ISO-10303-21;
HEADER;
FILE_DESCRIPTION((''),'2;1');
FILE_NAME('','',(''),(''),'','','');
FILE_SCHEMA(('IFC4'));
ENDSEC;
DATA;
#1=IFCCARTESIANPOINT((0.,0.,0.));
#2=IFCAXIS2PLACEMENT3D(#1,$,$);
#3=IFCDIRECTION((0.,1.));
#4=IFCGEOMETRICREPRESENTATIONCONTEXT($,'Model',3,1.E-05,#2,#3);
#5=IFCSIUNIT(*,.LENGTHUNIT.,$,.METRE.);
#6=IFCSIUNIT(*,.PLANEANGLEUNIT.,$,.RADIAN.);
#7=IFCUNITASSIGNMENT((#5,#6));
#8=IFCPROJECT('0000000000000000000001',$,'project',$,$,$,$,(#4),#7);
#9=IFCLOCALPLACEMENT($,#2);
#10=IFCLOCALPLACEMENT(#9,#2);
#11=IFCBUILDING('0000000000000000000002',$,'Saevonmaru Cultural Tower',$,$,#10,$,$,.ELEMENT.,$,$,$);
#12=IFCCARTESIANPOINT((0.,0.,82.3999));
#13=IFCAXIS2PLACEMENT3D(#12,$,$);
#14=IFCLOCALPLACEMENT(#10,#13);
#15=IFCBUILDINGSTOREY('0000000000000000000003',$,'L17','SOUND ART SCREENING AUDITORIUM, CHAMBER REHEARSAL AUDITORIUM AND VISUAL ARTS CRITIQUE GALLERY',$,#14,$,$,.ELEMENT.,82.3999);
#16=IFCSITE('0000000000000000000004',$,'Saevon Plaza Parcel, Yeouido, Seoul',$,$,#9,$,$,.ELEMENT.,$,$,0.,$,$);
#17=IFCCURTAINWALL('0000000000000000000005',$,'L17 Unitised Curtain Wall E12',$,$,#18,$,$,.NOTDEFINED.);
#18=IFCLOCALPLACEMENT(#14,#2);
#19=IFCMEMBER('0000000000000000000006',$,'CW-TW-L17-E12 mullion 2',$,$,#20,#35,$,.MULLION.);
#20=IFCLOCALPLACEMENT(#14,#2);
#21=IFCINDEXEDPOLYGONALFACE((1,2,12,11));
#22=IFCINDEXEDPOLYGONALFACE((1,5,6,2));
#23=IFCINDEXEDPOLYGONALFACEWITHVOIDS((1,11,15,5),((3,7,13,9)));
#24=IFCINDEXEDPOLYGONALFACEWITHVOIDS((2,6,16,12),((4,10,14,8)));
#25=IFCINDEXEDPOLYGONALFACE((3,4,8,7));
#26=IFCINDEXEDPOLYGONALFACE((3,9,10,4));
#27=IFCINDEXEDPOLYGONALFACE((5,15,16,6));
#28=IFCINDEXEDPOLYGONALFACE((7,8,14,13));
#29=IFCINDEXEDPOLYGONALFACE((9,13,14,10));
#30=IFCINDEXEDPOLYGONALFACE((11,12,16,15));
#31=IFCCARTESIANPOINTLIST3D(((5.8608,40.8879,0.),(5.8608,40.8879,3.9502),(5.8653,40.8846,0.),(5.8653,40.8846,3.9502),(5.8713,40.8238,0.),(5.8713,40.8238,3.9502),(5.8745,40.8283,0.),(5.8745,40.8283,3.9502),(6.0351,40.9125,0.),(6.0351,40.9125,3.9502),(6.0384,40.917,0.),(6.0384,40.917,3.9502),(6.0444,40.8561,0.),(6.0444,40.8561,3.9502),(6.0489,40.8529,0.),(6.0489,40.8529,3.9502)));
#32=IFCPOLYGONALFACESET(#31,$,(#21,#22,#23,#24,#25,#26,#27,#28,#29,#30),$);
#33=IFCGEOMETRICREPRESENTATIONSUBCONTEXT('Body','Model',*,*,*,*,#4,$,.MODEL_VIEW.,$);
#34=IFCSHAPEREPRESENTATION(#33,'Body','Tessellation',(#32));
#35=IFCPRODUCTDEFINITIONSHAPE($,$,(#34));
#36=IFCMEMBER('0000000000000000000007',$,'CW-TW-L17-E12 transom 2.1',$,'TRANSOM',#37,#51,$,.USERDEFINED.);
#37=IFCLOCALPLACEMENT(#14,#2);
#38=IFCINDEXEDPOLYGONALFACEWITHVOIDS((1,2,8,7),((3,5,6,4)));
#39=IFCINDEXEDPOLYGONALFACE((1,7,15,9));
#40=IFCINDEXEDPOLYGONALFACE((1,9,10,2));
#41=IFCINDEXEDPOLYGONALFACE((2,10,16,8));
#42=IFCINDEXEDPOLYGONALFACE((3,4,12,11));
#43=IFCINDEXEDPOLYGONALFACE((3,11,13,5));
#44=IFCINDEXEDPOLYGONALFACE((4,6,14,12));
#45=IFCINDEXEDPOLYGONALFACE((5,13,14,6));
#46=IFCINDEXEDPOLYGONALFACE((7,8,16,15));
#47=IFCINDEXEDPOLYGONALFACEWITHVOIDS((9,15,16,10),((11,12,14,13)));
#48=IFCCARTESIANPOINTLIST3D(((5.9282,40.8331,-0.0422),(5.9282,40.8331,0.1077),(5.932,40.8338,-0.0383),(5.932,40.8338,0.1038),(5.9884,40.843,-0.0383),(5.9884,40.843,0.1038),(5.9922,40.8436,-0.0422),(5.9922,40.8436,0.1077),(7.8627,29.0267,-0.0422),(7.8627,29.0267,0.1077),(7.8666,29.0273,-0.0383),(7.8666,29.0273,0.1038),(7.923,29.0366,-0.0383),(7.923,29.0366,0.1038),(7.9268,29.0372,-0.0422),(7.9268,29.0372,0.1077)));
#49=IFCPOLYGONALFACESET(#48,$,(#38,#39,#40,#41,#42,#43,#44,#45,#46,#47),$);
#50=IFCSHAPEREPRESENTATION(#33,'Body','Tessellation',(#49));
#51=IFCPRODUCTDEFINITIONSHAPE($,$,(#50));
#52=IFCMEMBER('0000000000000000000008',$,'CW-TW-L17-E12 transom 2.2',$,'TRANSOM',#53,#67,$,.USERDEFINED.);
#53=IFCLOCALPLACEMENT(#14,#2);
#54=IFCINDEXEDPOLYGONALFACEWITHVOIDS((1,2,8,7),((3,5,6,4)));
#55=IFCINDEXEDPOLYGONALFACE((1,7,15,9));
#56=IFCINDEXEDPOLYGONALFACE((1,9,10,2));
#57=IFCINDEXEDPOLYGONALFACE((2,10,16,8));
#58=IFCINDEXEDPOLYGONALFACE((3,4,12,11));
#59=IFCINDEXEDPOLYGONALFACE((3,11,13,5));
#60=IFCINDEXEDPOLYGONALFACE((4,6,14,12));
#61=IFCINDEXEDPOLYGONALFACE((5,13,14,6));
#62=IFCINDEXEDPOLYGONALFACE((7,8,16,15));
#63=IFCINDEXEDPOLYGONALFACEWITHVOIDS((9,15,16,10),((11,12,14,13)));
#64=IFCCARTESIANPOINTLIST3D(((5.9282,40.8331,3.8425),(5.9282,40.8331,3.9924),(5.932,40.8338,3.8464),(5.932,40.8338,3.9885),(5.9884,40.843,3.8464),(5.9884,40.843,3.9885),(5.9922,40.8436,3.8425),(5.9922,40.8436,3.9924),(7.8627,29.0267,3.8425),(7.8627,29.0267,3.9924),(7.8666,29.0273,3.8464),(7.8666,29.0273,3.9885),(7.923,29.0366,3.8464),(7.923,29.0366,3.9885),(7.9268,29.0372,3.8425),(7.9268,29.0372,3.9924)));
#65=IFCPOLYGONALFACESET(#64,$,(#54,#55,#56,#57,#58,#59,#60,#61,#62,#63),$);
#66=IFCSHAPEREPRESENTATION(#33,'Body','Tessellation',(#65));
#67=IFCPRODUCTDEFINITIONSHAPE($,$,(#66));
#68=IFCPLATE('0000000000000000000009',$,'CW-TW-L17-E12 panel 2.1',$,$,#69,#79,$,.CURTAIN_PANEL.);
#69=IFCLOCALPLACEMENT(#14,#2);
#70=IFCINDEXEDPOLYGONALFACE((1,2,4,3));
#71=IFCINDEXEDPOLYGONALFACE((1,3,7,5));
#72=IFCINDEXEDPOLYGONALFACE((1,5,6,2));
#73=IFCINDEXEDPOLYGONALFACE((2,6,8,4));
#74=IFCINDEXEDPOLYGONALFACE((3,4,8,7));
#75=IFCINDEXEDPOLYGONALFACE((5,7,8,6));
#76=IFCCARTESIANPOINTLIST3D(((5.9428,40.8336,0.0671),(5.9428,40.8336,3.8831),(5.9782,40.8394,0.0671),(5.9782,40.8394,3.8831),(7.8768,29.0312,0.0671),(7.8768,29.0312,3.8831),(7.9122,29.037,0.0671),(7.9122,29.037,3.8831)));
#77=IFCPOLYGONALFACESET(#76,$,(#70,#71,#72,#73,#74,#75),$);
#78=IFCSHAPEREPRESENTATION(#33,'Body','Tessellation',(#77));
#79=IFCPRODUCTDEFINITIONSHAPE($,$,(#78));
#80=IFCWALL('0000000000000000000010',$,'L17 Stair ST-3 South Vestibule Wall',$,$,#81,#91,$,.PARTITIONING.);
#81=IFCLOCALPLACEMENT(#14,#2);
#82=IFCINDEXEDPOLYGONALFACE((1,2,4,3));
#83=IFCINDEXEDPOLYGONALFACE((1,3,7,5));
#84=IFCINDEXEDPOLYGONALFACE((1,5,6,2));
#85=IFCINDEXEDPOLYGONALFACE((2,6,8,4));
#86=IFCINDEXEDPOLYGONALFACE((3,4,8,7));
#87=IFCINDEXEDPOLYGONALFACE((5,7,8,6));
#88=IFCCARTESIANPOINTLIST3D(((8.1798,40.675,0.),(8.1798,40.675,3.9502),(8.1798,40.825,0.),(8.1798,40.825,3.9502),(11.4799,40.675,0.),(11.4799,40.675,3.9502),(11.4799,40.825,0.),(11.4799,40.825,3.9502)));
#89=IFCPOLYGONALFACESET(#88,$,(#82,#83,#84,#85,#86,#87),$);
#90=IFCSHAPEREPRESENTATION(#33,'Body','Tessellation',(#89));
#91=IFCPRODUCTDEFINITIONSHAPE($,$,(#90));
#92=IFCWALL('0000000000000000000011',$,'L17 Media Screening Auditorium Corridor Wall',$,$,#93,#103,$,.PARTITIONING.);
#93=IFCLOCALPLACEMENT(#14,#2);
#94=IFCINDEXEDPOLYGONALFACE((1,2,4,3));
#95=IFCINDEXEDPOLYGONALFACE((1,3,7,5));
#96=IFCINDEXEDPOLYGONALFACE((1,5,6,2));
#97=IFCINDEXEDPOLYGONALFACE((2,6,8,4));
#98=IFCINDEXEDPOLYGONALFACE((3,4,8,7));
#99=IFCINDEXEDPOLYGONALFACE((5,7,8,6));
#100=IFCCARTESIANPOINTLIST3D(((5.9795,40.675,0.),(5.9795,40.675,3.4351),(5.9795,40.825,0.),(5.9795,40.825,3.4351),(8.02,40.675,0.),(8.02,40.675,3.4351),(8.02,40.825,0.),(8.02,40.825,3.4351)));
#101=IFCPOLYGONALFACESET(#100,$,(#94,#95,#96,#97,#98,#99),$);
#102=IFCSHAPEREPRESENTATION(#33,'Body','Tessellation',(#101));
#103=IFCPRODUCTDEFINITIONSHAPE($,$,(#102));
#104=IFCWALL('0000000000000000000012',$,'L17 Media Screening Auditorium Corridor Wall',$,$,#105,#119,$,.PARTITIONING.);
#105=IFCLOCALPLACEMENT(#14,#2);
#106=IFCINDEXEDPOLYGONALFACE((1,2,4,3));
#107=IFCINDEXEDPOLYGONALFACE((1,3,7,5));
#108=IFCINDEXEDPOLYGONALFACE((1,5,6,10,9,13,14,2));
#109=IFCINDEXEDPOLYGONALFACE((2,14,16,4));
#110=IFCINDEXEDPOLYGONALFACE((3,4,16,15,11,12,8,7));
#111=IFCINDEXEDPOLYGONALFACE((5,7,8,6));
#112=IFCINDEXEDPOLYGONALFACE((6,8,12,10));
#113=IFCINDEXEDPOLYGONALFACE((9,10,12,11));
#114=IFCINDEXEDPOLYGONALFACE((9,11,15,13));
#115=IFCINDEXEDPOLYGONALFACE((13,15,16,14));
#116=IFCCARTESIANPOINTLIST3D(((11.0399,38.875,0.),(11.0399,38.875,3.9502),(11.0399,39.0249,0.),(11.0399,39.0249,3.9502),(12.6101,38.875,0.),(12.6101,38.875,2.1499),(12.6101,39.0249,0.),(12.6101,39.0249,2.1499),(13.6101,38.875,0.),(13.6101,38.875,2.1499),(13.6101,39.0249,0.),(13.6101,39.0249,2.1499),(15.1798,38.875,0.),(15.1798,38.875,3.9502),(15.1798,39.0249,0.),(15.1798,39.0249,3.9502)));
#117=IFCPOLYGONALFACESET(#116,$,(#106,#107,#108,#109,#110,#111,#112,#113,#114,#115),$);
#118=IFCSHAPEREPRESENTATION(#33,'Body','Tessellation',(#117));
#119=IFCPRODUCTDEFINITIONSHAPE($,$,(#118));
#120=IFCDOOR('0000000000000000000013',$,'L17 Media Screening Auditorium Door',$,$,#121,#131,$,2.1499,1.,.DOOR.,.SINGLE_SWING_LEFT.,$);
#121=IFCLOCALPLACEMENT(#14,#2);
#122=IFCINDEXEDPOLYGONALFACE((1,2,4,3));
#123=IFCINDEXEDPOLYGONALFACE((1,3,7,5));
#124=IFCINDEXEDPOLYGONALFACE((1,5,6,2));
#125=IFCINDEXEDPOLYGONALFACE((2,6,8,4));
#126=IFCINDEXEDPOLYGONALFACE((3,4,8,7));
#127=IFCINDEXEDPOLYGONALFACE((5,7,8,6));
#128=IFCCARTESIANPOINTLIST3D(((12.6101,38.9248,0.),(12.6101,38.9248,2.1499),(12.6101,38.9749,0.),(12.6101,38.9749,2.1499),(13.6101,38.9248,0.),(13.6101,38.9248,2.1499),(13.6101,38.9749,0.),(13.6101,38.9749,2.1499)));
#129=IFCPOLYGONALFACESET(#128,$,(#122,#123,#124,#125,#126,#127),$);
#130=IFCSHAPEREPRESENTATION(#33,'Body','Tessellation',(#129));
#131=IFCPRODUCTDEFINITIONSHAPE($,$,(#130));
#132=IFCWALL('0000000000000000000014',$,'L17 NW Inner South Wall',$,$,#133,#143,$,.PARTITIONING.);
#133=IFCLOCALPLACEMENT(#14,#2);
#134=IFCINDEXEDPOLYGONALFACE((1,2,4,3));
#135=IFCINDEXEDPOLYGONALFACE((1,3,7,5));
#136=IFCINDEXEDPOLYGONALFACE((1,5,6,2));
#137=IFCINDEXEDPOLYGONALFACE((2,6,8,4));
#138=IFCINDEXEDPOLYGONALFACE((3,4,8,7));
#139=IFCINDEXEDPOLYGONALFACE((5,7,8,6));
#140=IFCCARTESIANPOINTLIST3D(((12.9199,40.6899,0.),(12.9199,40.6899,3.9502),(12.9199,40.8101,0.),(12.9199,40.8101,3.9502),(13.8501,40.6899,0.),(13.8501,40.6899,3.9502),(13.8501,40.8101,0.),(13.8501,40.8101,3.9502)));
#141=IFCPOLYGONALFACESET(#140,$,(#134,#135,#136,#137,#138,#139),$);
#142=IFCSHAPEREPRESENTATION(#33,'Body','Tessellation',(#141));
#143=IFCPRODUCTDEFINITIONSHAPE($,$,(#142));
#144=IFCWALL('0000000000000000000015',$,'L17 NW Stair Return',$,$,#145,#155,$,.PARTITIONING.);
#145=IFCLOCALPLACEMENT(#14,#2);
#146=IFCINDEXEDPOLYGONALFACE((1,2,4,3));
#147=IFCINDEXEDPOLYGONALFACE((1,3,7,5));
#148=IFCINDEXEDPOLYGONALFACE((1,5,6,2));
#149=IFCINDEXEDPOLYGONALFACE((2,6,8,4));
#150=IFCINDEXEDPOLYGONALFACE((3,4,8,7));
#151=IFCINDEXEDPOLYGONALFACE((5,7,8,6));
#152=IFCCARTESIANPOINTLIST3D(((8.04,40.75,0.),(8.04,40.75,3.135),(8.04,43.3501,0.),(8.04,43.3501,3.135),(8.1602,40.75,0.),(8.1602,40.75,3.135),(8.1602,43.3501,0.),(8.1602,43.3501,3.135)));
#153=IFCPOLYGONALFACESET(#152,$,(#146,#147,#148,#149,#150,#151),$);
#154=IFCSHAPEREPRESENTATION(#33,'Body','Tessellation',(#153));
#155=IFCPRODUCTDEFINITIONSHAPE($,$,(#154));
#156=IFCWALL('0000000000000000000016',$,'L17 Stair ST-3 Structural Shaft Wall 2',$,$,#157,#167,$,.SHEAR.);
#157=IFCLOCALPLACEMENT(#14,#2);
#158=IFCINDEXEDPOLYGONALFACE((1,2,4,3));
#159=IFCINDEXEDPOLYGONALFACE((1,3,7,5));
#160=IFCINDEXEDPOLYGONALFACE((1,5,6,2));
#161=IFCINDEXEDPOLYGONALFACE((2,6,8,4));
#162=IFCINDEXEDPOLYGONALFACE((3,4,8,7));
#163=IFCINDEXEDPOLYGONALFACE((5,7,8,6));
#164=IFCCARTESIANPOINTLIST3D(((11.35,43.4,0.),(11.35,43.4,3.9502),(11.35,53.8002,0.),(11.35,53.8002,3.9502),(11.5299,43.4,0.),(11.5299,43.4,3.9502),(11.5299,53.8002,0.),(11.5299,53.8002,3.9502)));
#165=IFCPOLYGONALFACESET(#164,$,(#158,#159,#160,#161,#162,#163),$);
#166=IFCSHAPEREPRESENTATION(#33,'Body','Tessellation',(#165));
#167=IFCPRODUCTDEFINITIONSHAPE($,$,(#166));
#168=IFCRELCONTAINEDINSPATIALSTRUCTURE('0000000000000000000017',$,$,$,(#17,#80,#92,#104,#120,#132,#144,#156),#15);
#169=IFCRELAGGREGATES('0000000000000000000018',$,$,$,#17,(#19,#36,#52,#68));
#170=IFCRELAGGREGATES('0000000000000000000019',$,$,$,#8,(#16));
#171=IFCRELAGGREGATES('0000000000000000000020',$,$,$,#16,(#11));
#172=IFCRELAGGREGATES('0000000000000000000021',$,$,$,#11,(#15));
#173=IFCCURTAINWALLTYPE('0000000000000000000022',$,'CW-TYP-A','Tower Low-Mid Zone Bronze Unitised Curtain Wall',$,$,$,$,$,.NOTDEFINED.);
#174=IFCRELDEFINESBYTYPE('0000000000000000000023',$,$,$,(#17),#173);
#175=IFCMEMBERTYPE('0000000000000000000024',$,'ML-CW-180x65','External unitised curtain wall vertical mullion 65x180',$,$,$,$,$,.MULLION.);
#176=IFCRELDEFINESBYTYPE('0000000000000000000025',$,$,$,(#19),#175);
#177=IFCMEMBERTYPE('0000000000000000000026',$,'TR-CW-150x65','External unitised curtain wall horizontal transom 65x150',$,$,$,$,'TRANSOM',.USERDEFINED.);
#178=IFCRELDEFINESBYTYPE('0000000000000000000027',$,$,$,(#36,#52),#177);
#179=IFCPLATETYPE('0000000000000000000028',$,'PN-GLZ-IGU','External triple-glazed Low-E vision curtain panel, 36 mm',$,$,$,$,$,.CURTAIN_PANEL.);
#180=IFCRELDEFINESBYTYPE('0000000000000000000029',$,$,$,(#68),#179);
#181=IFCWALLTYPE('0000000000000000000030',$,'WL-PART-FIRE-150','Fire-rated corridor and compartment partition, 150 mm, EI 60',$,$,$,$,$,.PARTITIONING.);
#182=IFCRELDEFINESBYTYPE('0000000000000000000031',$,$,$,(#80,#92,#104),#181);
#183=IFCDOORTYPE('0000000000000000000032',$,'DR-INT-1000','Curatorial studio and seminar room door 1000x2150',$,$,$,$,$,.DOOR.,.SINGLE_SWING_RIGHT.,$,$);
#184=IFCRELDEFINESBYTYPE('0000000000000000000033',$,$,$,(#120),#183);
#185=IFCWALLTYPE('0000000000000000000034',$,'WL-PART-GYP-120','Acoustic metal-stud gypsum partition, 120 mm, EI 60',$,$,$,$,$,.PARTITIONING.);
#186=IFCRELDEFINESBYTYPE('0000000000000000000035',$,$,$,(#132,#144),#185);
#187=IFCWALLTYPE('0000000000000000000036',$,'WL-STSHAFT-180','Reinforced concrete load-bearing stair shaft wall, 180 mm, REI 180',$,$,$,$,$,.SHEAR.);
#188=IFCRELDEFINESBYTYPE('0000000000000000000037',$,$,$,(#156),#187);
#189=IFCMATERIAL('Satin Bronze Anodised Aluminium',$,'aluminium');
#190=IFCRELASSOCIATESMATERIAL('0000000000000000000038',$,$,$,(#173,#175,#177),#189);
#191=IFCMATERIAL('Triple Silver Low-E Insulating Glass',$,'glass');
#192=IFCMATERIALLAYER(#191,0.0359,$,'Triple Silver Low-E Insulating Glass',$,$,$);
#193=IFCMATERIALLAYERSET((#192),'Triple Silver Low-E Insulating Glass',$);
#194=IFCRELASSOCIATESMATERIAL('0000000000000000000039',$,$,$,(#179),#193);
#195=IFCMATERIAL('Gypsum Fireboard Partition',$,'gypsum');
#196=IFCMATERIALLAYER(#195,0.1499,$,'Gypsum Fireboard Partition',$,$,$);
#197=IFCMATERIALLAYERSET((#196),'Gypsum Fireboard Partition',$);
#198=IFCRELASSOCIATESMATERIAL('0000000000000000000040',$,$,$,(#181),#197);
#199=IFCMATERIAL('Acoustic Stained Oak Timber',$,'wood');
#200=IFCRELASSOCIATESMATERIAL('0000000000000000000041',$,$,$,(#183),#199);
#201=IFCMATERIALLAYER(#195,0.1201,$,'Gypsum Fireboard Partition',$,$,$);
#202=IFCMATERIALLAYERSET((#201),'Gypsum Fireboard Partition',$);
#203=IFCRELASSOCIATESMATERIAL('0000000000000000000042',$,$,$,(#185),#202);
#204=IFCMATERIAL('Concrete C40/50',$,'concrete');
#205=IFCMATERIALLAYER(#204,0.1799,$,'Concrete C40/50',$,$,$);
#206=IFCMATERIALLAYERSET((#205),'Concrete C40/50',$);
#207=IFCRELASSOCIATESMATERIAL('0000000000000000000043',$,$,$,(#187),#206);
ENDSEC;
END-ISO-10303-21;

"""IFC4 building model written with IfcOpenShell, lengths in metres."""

from ifc_helpers import new_model, si_unit, direction, frame, frame_2d, origin, origin_2d, place, context, subcontext, project, spatial, rectangle, hollow_rectangle, extrude, material, layer, layer_set, material_profile, profile_set, type_object, element, fill, aggregate, save


model = new_model("IFC4")

# Units and contexts
model_context = context("Model", 3, precision=1e-05, world=origin(), true_north=direction((0.0, 1.0)))
body_context = subcontext(model_context, "Body", "Model", "MODEL_VIEW")
ifc_project = project(units=[si_unit("LENGTHUNIT", "METRE"), si_unit("PLANEANGLEUNIT", "RADIAN")], contexts=[model_context])

# Site, building, storey
site_placement = place(None, origin())
site = spatial("IfcSite", under=ifc_project, at=site_placement, Name="Saevon Plaza Parcel, Yeouido, Seoul", CompositionType="ELEMENT", RefElevation=0.0)
building_placement = place(site_placement, origin())
building = spatial("IfcBuilding", under=site, at=building_placement, Name="Saevonmaru Cultural Tower", CompositionType="ELEMENT")
storey_placement = place(building_placement, frame((0.0, 0.0, 82.3999)))
storey = spatial("IfcBuildingStorey", under=building, at=storey_placement, Name="L17", Description="SOUND ART SCREENING AUDITORIUM, CHAMBER REHEARSAL AUDITORIUM AND VISUAL ARTS CRITIQUE GALLERY", CompositionType="ELEMENT", Elevation=82.3999)

# Curtain wall, members, plate
ifc_material_1 = material(Name="Satin Bronze Anodised Aluminium", Category="aluminium")
curtain_wall_type = type_object("IfcCurtainWallType", Name="CW-TYP-A", Description="Tower Low-Mid Zone Bronze Unitised Curtain Wall", PredefinedType="NOTDEFINED", material=ifc_material_1)
curtain_wall_placement = place(storey_placement, origin())
curtain_wall = element("IfcCurtainWall", 1, at=curtain_wall_placement, inside=storey, type_object=curtain_wall_type, Name="L17 Unitised Curtain Wall E12", PredefinedType="NOTDEFINED")
ifc_material_profile_1 = material_profile(ifc_material_1, hollow_rectangle(XDim=0.0649, YDim=0.1799, WallThickness=0.0039, at=origin_2d()), Name="ALU-MULL-180x65x4")
ifc_profile_set_1 = profile_set([ifc_material_profile_1], Name="Satin Bronze Anodised Aluminium")
member_type_1 = type_object("IfcMemberType", Name="ML-CW-180x65", Description="External unitised curtain wall vertical mullion 65x180", PredefinedType="MULLION", material=ifc_profile_set_1)
member_1_placement = place(storey_placement, frame((5.9548, 40.8704, 0.0), z_axis=(0.0, 0.0, 1.0), x_axis=(0.161709, -0.986839, 0.0)))
member_1 = element("IfcMember", 2, at=member_1_placement, type_object=member_type_1, Name="CW-TW-L17-E12 mullion 2", PredefinedType="MULLION", context=body_context, shape_type="SweptSolid", body=[
    extrude(hollow_rectangle(XDim=0.0649, YDim=0.1799, WallThickness=0.0039, at=origin_2d()), origin(), (0.0, 0.0, 1.0), 3.9502),
])
ifc_material_profile_2 = material_profile(ifc_material_1, hollow_rectangle(XDim=0.0649, YDim=0.1499, WallThickness=0.0039, at=origin_2d()), Name="ALU-TRAN-150x65x4")
ifc_profile_set_2 = profile_set([ifc_material_profile_2], Name="Satin Bronze Anodised Aluminium")
member_type_2 = type_object("IfcMemberType", Name="TR-CW-150x65", Description="External unitised curtain wall horizontal transom 65x150", ElementType="TRANSOM", PredefinedType="USERDEFINED", material=ifc_profile_set_2)
member_2_placement = place(storey_placement, frame((5.9602, 40.8384, 0.0327), z_axis=(0.161701, -0.98684, 0.0), x_axis=(0.98684, 0.161701, 0.0)))
member_2 = element("IfcMember", 3, at=member_2_placement, type_object=member_type_2, Name="CW-TW-L17-E12 transom 2.1", ObjectType="TRANSOM", PredefinedType="USERDEFINED", context=body_context, shape_type="SweptSolid", body=[
    extrude(hollow_rectangle(XDim=0.0649, YDim=0.1499, WallThickness=0.0039, at=origin_2d()), origin(), (0.0, 0.0, 1.0), 11.9639),
])
member_3_placement = place(storey_placement, frame((5.9602, 40.8384, 3.9175), z_axis=(0.161701, -0.98684, 0.0), x_axis=(0.98684, 0.161701, 0.0)))
member_3 = element("IfcMember", 4, at=member_3_placement, type_object=member_type_2, Name="CW-TW-L17-E12 transom 2.2", ObjectType="TRANSOM", PredefinedType="USERDEFINED", context=body_context, shape_type="SweptSolid", body=[
    extrude(hollow_rectangle(XDim=0.0649, YDim=0.1499, WallThickness=0.0039, at=origin_2d()), origin(), (0.0, 0.0, 1.0), 11.9639),
])
ifc_material_2 = material(Name="Triple Silver Low-E Insulating Glass", Category="glass")
ifc_layer_1 = layer(ifc_material_2, 0.0359, Name="Triple Silver Low-E Insulating Glass")
ifc_layer_set_1 = layer_set([ifc_layer_1], Name="Triple Silver Low-E Insulating Glass")
plate_type = type_object("IfcPlateType", Name="PN-GLZ-IGU", Description="External triple-glazed Low-E vision curtain panel, 36 mm", PredefinedType="CURTAIN_PANEL", material=ifc_layer_set_1)
plate_placement = place(storey_placement, frame((6.9275, 34.9353, 0.0671), z_axis=(0.0, 0.0, 1.0), x_axis=(0.161709, -0.986839, 0.0)))
plate = element("IfcPlate", 5, at=plate_placement, type_object=plate_type, Name="CW-TW-L17-E12 panel 2.1", PredefinedType="CURTAIN_PANEL", context=body_context, shape_type="SweptSolid", body=[
    extrude(rectangle(XDim=11.9597, YDim=0.0359, at=origin_2d()), origin(), (0.0, 0.0, 1.0), 3.8159),
])
aggregate(curtain_wall, [member_1, member_2, member_3, plate])

# Walls
ifc_material_3 = material(Name="Gypsum Fireboard Partition", Category="gypsum")
ifc_layer_2 = layer(ifc_material_3, 0.1499, Name="Gypsum Fireboard Partition")
ifc_layer_set_2 = layer_set([ifc_layer_2], Name="Gypsum Fireboard Partition")
wall_type_1 = type_object("IfcWallType", Name="WL-PART-FIRE-150", Description="Fire-rated corridor and compartment partition, 150 mm, EI 60", PredefinedType="PARTITIONING", material=ifc_layer_set_2)
wall_1_placement = place(storey_placement, frame((8.1799, 40.75, 0.0), z_axis=(0.0, 0.0, 1.0), x_axis=(1.0, 0.0, 0.0)))
element("IfcWall", 6, at=wall_1_placement, inside=storey, type_object=wall_type_1, Name="L17 Stair ST-3 South Vestibule Wall", PredefinedType="PARTITIONING", context=body_context, shape_type="SweptSolid", body=[
    extrude(rectangle(XDim=3.3, YDim=0.1499, at=frame_2d((1.6499, 0.0))), origin(), (0.0, 0.0, 1.0), 3.9502),
])
wall_2_placement = place(storey_placement, frame((5.9795, 40.75, 0.0), z_axis=(0.0, 0.0, 1.0), x_axis=(1.0, 0.0, 0.0)))
element("IfcWall", 7, at=wall_2_placement, inside=storey, type_object=wall_type_1, Name="L17 Media Screening Auditorium Corridor Wall", PredefinedType="PARTITIONING", context=body_context, shape_type="SweptSolid", body=[
    extrude(rectangle(XDim=2.0405, YDim=0.1499, at=frame_2d((1.0203, 0.0))), origin(), (0.0, 0.0, 1.0), 3.4351),
])

# Wall, opening, door
ifc_material_4 = material(Name="Acoustic Stained Oak Timber", Category="wood")
door_type_1 = type_object("IfcDoorType", Name="DR-INT-1000", Description="Curatorial studio and seminar room door 1000x2150", OperationType="SINGLE_SWING_RIGHT", PredefinedType="DOOR", material=ifc_material_4)
wall_3_placement = place(storey_placement, frame((11.04, 38.95, 0.0), z_axis=(0.0, 0.0, 1.0), x_axis=(1.0, 0.0, 0.0)))
wall_3 = element("IfcWall", 8, at=wall_3_placement, inside=storey, type_object=wall_type_1, Name="L17 Media Screening Auditorium Corridor Wall", PredefinedType="PARTITIONING", context=body_context, shape_type="SweptSolid", body=[
    extrude(rectangle(XDim=4.1399, YDim=0.1499, at=frame_2d((2.0698, 0.0))), origin(), (0.0, 0.0, 1.0), 3.9502),
])
opening_1_placement = place(wall_3_placement, frame((1.5701, 0.0, 0.0)))
opening_1 = element("IfcOpeningElement", 9, at=opening_1_placement, cuts=wall_3, PredefinedType="OPENING", context=body_context, shape_type="SweptSolid", body=[
    extrude(rectangle(XDim=1.0, YDim=2.1499, at=frame_2d((0.5, 1.075))), frame((0.0, 0.085, 0.0), z_axis=(0.0, -1.0, 0.0), x_axis=(1.0, 0.0, 0.0)), (0.0, 0.0, 1.0), 0.1699),
])
door_1_placement = place(opening_1_placement, origin())
door_1 = element("IfcDoor", 10, at=door_1_placement, inside=storey, type_object=door_type_1, Name="L17 Media Screening Auditorium Door", OperationType="SINGLE_SWING_LEFT", OverallHeight=2.1499, OverallWidth=1.0, PredefinedType="DOOR", context=body_context, shape_type="SweptSolid", body=[
    extrude(rectangle(XDim=1.0, YDim=2.1499, at=frame_2d((0.5, 1.075))), frame((0.0, 0.0249, 0.0), z_axis=(0.0, -1.0, 0.0), x_axis=(1.0, 0.0, 0.0)), (0.0, 0.0, 1.0), 0.05),
])
fill(opening_1, door_1)

# Walls
ifc_layer_3 = layer(ifc_material_3, 0.1201, Name="Gypsum Fireboard Partition")
ifc_layer_set_3 = layer_set([ifc_layer_3], Name="Gypsum Fireboard Partition")
wall_type_2 = type_object("IfcWallType", Name="WL-PART-GYP-120", Description="Acoustic metal-stud gypsum partition, 120 mm, EI 60", PredefinedType="PARTITIONING", material=ifc_layer_set_3)
wall_4_placement = place(storey_placement, frame((12.9199, 40.75, 0.0), z_axis=(0.0, 0.0, 1.0), x_axis=(1.0, 0.0, 0.0)))
element("IfcWall", 11, at=wall_4_placement, inside=storey, type_object=wall_type_2, Name="L17 NW Inner South Wall", PredefinedType="PARTITIONING", context=body_context, shape_type="SweptSolid", body=[
    extrude(rectangle(XDim=0.9302, YDim=0.1201, at=frame_2d((0.4651, 0.0))), origin(), (0.0, 0.0, 1.0), 3.9502),
])
wall_5_placement = place(storey_placement, frame((8.1001, 40.75, 0.0), z_axis=(0.0, 0.0, 1.0), x_axis=(0.0, 1.0, 0.0)))
element("IfcWall", 12, at=wall_5_placement, inside=storey, type_object=wall_type_2, Name="L17 NW Stair Return", PredefinedType="PARTITIONING", context=body_context, shape_type="SweptSolid", body=[
    extrude(rectangle(XDim=2.6001, YDim=0.1201, at=frame_2d((1.3, 0.0))), origin(), (0.0, 0.0, 1.0), 3.135),
])

# Shared definitions
ifc_material_5 = material(Name="Concrete C40/50", Category="concrete")
ifc_layer_4 = layer(ifc_material_5, 0.1799, Name="Concrete C40/50")
ifc_layer_set_4 = layer_set([ifc_layer_4], Name="Concrete C40/50")
wall_type_3 = type_object("IfcWallType", Name="WL-STSHAFT-180", Description="Reinforced concrete load-bearing stair shaft wall, 180 mm, REI 180", PredefinedType="SHEAR", material=ifc_layer_set_4)

# Wall
wall_6_placement = place(storey_placement, frame((11.4399, 43.3999, 0.0), z_axis=(0.0, 0.0, 1.0), x_axis=(0.0, 1.0, 0.0)))
element("IfcWall", 13, at=wall_6_placement, inside=storey, type_object=wall_type_3, Name="L17 Stair ST-3 Structural Shaft Wall 2", PredefinedType="SHEAR", context=body_context, shape_type="SweptSolid", body=[
    extrude(rectangle(XDim=10.4001, YDim=0.1799, at=frame_2d((5.2002, 0.0))), origin(), (0.0, 0.0, 1.0), 3.9502),
])

save(model, "model.ifc")
